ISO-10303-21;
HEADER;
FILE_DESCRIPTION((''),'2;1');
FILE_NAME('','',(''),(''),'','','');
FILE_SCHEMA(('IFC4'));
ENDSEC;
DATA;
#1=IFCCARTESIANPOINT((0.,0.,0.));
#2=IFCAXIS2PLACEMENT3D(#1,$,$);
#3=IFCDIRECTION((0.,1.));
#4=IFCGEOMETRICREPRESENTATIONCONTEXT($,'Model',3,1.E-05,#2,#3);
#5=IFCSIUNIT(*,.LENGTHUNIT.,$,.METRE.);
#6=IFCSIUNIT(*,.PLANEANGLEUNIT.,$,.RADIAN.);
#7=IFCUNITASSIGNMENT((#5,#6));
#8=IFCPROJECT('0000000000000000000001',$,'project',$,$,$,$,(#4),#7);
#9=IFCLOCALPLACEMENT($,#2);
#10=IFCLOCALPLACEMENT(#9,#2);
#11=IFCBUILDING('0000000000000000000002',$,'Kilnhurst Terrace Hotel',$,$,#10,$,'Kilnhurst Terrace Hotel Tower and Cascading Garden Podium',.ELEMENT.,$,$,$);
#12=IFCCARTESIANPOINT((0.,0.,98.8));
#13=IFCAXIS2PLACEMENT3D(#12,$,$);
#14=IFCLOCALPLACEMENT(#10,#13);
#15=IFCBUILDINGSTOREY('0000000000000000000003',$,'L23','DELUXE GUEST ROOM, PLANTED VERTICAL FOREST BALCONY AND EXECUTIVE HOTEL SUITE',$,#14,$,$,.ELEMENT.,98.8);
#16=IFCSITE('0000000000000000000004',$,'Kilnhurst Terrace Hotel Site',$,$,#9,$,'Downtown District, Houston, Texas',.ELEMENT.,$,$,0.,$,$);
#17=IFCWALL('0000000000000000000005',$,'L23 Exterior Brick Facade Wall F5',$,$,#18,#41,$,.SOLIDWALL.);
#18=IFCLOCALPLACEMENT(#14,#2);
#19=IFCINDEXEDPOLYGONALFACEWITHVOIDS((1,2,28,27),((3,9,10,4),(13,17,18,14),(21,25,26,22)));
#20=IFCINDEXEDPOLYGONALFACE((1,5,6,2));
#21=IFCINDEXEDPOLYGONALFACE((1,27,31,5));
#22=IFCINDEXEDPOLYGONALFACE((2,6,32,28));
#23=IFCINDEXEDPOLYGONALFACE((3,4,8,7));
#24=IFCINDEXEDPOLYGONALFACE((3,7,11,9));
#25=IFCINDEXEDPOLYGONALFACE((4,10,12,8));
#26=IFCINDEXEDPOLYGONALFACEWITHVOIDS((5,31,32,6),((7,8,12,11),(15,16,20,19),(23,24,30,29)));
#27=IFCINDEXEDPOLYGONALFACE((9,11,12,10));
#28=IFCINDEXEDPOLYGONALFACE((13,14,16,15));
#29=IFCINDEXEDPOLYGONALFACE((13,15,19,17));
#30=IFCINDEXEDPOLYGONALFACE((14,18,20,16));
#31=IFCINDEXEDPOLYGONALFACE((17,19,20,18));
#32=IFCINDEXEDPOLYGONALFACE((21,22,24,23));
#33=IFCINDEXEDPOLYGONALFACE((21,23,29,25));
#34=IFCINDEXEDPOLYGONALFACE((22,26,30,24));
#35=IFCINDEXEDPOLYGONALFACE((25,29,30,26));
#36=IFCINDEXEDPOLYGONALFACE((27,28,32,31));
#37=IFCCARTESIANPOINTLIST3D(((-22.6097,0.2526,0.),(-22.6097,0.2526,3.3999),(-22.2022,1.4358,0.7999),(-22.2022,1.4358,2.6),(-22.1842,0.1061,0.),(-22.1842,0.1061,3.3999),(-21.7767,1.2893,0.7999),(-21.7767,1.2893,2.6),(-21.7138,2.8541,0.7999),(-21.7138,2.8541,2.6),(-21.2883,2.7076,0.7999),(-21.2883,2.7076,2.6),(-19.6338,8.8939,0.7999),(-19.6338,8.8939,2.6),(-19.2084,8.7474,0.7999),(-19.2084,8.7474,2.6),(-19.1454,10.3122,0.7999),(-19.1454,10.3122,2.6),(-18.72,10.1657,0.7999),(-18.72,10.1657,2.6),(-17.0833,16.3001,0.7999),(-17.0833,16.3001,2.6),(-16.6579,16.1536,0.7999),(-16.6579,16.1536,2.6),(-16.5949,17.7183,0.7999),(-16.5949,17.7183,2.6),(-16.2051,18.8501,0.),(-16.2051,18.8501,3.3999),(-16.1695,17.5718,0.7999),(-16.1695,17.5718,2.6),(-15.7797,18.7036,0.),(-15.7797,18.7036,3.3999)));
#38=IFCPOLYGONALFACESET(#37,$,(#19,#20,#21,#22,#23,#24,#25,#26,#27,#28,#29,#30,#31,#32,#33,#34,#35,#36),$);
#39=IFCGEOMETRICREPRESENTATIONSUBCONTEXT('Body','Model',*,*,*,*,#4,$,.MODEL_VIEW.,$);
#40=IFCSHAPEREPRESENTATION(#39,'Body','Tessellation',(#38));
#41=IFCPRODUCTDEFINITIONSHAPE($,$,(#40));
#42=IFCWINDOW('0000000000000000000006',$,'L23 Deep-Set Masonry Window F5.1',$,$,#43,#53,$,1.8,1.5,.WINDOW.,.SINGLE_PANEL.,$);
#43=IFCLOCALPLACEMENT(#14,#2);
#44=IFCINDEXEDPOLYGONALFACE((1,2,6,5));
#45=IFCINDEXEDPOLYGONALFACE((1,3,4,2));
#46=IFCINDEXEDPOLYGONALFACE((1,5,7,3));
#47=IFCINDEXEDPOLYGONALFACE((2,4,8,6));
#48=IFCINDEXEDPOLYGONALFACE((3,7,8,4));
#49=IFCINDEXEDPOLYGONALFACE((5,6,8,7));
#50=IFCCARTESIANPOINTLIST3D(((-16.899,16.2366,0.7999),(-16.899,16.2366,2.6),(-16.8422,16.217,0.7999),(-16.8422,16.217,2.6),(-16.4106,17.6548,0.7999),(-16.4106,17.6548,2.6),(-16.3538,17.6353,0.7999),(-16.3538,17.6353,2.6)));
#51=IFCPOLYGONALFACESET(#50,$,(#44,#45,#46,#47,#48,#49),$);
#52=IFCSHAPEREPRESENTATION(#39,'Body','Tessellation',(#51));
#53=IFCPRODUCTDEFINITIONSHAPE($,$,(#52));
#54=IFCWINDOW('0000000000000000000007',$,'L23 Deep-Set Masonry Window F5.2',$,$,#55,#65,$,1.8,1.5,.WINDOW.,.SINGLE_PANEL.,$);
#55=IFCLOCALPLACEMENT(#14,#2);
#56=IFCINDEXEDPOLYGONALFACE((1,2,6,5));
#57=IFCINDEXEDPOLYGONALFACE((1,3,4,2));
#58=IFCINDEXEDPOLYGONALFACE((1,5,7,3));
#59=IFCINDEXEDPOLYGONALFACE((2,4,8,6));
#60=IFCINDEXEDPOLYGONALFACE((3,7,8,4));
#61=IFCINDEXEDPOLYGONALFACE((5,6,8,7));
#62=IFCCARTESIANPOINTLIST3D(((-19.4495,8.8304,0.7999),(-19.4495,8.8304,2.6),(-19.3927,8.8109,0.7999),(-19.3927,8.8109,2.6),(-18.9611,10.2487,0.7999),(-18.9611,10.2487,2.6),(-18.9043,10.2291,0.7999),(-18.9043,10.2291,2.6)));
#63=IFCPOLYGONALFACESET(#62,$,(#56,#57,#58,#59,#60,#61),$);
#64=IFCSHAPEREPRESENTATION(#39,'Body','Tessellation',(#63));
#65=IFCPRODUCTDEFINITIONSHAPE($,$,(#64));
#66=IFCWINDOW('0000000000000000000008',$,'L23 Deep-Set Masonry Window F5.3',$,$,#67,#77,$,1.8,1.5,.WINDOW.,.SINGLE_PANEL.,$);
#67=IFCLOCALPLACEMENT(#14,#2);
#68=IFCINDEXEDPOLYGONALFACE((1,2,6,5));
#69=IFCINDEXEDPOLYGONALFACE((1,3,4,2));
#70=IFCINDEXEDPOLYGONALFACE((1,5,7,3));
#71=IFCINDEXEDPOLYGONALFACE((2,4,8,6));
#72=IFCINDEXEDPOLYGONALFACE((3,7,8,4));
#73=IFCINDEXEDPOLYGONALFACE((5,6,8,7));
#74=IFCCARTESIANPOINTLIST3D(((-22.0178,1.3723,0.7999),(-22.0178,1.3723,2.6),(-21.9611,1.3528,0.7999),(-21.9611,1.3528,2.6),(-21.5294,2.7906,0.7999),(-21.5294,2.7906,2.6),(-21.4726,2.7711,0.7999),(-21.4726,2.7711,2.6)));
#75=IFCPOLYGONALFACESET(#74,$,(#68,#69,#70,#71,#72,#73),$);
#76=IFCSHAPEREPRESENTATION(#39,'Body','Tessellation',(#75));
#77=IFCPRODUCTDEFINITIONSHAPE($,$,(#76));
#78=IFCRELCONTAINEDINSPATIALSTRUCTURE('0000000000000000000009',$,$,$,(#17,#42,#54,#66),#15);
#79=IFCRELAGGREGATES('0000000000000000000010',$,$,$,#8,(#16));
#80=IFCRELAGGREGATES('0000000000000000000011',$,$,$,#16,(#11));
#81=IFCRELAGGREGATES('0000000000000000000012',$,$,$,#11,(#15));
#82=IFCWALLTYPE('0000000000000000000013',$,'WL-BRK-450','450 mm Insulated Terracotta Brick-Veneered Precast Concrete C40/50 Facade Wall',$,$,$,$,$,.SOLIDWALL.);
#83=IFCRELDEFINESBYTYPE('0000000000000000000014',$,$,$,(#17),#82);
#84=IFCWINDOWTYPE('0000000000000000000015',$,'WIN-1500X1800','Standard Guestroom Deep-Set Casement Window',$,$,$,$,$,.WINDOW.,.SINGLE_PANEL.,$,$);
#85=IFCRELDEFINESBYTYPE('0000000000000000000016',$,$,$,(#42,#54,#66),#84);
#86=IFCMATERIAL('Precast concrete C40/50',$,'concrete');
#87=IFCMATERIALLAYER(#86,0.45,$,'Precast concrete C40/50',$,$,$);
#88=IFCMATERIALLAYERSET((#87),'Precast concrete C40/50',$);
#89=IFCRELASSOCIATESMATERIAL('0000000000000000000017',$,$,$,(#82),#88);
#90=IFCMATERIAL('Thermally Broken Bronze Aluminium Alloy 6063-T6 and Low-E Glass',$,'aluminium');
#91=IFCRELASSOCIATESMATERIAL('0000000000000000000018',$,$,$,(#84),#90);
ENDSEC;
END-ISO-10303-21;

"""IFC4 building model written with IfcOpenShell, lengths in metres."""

from ifc_helpers import new_model, si_unit, direction, frame, frame_2d, origin, place, context, subcontext, project, spatial, rectangle, extrude, material, layer, layer_set, type_object, element, fill, save


model = new_model("IFC4")

# Units and contexts
model_context = context("Model", 3, precision=1e-05, world=origin(), true_north=direction((0.0, 1.0)))
body_context = subcontext(model_context, "Body", "Model", "MODEL_VIEW")
ifc_project = project(units=[si_unit("LENGTHUNIT", "METRE"), si_unit("PLANEANGLEUNIT", "RADIAN")], contexts=[model_context])

# Site, building, storey
site_placement = place(None, origin())
site = spatial("IfcSite", under=ifc_project, at=site_placement, Name="Kilnhurst Terrace Hotel Site", LongName="Downtown District, Houston, Texas", CompositionType="ELEMENT", RefElevation=0.0)
building_placement = place(site_placement, origin())
building = spatial("IfcBuilding", under=site, at=building_placement, Name="Kilnhurst Terrace Hotel", LongName="Kilnhurst Terrace Hotel Tower and Cascading Garden Podium", CompositionType="ELEMENT")
storey_placement = place(building_placement, frame((0.0, 0.0, 98.8)))
storey = spatial("IfcBuildingStorey", under=building, at=storey_placement, Name="L23", Description="DELUXE GUEST ROOM, PLANTED VERTICAL FOREST BALCONY AND EXECUTIVE HOTEL SUITE", CompositionType="ELEMENT", Elevation=98.8)

# Shared definitions
ifc_material_1 = material(Name="Precast concrete C40/50", Category="concrete")
ifc_layer_1 = layer(ifc_material_1, 0.45, Name="Precast concrete C40/50")
ifc_layer_set_1 = layer_set([ifc_layer_1], Name="Precast concrete C40/50")
wall_type_1 = type_object("IfcWallType", Name="WL-BRK-450", Description="450 mm Insulated Terracotta Brick-Veneered Precast Concrete C40/50 Facade Wall", PredefinedType="SOLIDWALL", material=ifc_layer_set_1)

# Wall, openings, windows
wall_1_placement = place(storey_placement, frame((-15.9924, 18.7769, 0.0), z_axis=(0.0, 0.0, 1.0), x_axis=(-0.325607, -0.945505, 0.0)))
wall_1 = element("IfcWall", 1, at=wall_1_placement, inside=storey, type_object=wall_type_1, Name="L23 Exterior Brick Facade Wall F5", PredefinedType="SOLIDWALL", context=body_context, shape_type="SweptSolid", body=[
    extrude(rectangle(XDim=19.6694, YDim=0.45, at=frame_2d((9.8347, 0.0))), origin(), (0.0, 0.0, 1.0), 3.3999),
])
opening_1_placement = place(wall_1_placement, frame((1.197, 0.0, 0.8)))
opening_1 = element("IfcOpeningElement", 2, at=opening_1_placement, cuts=wall_1, PredefinedType="OPENING", context=body_context, shape_type="SweptSolid", body=[
    extrude(rectangle(XDim=1.5, YDim=1.8, at=frame_2d((0.75, 0.8999))), frame((0.0, 0.2349, 0.0), z_axis=(0.0, -1.0, 0.0), x_axis=(1.0, 0.0, 0.0)), (0.0, 0.0, 1.0), 0.47),
])
opening_2_placement = place(wall_1_placement, frame((9.03, 0.0, 0.8)))
opening_2 = element("IfcOpeningElement", 3, at=opening_2_placement, cuts=wall_1, PredefinedType="OPENING", context=body_context, shape_type="SweptSolid", body=[
    extrude(rectangle(XDim=1.5, YDim=1.8, at=frame_2d((0.75, 0.8999))), frame((0.0, 0.2349, 0.0), z_axis=(0.0, -1.0, 0.0), x_axis=(1.0, 0.0, 0.0)), (0.0, 0.0, 1.0), 0.47),
])
opening_3_placement = place(wall_1_placement, frame((16.918, 0.0, 0.8)))
opening_3 = element("IfcOpeningElement", 4, at=opening_3_placement, cuts=wall_1, PredefinedType="OPENING", context=body_context, shape_type="SweptSolid", body=[
    extrude(rectangle(XDim=1.5, YDim=1.8, at=frame_2d((0.75, 0.8999))), frame((0.0, 0.2349, 0.0), z_axis=(0.0, -1.0, 0.0), x_axis=(1.0, 0.0, 0.0)), (0.0, 0.0, 1.0), 0.47),
])
ifc_material_2 = material(Name="Thermally Broken Bronze Aluminium Alloy 6063-T6 and Low-E Glass", Category="aluminium")
window_type = type_object("IfcWindowType", Name="WIN-1500X1800", Description="Standard Guestroom Deep-Set Casement Window", PartitioningType="SINGLE_PANEL", PredefinedType="WINDOW", material=ifc_material_2)
window_1_placement = place(opening_1_placement, origin())
window_1 = element("IfcWindow", 5, at=window_1_placement, inside=storey, type_object=window_type, Name="L23 Deep-Set Masonry Window F5.1", OverallHeight=1.8, OverallWidth=1.5, PartitioningType="SINGLE_PANEL", PredefinedType="WINDOW", context=body_context, shape_type="SweptSolid", body=[
    extrude(rectangle(XDim=1.5, YDim=1.8, at=frame_2d((0.75, 0.8999))), frame((0.0, 0.03, 0.0), z_axis=(0.0, -1.0, 0.0), x_axis=(1.0, 0.0, 0.0)), (0.0, 0.0, 1.0), 0.0601),
])
fill(opening_1, window_1)
window_2_placement = place(opening_2_placement, origin())
window_2 = element("IfcWindow", 6, at=window_2_placement, inside=storey, type_object=window_type, Name="L23 Deep-Set Masonry Window F5.2", OverallHeight=1.8, OverallWidth=1.5, PartitioningType="SINGLE_PANEL", PredefinedType="WINDOW", context=body_context, shape_type="SweptSolid", body=[
    extrude(rectangle(XDim=1.5, YDim=1.8, at=frame_2d((0.75, 0.8999))), frame((0.0, 0.03, 0.0), z_axis=(0.0, -1.0, 0.0), x_axis=(1.0, 0.0, 0.0)), (0.0, 0.0, 1.0), 0.0601),
])
fill(opening_2, window_2)
window_3_placement = place(opening_3_placement, origin())
window_3 = element("IfcWindow", 7, at=window_3_placement, inside=storey, type_object=window_type, Name="L23 Deep-Set Masonry Window F5.3", OverallHeight=1.8, OverallWidth=1.5, PartitioningType="SINGLE_PANEL", PredefinedType="WINDOW", context=body_context, shape_type="SweptSolid", body=[
    extrude(rectangle(XDim=1.5, YDim=1.8, at=frame_2d((0.75, 0.8999))), frame((0.0, 0.03, 0.0), z_axis=(0.0, -1.0, 0.0), x_axis=(1.0, 0.0, 0.0)), (0.0, 0.0, 1.0), 0.0601),
])
fill(opening_3, window_3)

save(model, "model.ifc")
